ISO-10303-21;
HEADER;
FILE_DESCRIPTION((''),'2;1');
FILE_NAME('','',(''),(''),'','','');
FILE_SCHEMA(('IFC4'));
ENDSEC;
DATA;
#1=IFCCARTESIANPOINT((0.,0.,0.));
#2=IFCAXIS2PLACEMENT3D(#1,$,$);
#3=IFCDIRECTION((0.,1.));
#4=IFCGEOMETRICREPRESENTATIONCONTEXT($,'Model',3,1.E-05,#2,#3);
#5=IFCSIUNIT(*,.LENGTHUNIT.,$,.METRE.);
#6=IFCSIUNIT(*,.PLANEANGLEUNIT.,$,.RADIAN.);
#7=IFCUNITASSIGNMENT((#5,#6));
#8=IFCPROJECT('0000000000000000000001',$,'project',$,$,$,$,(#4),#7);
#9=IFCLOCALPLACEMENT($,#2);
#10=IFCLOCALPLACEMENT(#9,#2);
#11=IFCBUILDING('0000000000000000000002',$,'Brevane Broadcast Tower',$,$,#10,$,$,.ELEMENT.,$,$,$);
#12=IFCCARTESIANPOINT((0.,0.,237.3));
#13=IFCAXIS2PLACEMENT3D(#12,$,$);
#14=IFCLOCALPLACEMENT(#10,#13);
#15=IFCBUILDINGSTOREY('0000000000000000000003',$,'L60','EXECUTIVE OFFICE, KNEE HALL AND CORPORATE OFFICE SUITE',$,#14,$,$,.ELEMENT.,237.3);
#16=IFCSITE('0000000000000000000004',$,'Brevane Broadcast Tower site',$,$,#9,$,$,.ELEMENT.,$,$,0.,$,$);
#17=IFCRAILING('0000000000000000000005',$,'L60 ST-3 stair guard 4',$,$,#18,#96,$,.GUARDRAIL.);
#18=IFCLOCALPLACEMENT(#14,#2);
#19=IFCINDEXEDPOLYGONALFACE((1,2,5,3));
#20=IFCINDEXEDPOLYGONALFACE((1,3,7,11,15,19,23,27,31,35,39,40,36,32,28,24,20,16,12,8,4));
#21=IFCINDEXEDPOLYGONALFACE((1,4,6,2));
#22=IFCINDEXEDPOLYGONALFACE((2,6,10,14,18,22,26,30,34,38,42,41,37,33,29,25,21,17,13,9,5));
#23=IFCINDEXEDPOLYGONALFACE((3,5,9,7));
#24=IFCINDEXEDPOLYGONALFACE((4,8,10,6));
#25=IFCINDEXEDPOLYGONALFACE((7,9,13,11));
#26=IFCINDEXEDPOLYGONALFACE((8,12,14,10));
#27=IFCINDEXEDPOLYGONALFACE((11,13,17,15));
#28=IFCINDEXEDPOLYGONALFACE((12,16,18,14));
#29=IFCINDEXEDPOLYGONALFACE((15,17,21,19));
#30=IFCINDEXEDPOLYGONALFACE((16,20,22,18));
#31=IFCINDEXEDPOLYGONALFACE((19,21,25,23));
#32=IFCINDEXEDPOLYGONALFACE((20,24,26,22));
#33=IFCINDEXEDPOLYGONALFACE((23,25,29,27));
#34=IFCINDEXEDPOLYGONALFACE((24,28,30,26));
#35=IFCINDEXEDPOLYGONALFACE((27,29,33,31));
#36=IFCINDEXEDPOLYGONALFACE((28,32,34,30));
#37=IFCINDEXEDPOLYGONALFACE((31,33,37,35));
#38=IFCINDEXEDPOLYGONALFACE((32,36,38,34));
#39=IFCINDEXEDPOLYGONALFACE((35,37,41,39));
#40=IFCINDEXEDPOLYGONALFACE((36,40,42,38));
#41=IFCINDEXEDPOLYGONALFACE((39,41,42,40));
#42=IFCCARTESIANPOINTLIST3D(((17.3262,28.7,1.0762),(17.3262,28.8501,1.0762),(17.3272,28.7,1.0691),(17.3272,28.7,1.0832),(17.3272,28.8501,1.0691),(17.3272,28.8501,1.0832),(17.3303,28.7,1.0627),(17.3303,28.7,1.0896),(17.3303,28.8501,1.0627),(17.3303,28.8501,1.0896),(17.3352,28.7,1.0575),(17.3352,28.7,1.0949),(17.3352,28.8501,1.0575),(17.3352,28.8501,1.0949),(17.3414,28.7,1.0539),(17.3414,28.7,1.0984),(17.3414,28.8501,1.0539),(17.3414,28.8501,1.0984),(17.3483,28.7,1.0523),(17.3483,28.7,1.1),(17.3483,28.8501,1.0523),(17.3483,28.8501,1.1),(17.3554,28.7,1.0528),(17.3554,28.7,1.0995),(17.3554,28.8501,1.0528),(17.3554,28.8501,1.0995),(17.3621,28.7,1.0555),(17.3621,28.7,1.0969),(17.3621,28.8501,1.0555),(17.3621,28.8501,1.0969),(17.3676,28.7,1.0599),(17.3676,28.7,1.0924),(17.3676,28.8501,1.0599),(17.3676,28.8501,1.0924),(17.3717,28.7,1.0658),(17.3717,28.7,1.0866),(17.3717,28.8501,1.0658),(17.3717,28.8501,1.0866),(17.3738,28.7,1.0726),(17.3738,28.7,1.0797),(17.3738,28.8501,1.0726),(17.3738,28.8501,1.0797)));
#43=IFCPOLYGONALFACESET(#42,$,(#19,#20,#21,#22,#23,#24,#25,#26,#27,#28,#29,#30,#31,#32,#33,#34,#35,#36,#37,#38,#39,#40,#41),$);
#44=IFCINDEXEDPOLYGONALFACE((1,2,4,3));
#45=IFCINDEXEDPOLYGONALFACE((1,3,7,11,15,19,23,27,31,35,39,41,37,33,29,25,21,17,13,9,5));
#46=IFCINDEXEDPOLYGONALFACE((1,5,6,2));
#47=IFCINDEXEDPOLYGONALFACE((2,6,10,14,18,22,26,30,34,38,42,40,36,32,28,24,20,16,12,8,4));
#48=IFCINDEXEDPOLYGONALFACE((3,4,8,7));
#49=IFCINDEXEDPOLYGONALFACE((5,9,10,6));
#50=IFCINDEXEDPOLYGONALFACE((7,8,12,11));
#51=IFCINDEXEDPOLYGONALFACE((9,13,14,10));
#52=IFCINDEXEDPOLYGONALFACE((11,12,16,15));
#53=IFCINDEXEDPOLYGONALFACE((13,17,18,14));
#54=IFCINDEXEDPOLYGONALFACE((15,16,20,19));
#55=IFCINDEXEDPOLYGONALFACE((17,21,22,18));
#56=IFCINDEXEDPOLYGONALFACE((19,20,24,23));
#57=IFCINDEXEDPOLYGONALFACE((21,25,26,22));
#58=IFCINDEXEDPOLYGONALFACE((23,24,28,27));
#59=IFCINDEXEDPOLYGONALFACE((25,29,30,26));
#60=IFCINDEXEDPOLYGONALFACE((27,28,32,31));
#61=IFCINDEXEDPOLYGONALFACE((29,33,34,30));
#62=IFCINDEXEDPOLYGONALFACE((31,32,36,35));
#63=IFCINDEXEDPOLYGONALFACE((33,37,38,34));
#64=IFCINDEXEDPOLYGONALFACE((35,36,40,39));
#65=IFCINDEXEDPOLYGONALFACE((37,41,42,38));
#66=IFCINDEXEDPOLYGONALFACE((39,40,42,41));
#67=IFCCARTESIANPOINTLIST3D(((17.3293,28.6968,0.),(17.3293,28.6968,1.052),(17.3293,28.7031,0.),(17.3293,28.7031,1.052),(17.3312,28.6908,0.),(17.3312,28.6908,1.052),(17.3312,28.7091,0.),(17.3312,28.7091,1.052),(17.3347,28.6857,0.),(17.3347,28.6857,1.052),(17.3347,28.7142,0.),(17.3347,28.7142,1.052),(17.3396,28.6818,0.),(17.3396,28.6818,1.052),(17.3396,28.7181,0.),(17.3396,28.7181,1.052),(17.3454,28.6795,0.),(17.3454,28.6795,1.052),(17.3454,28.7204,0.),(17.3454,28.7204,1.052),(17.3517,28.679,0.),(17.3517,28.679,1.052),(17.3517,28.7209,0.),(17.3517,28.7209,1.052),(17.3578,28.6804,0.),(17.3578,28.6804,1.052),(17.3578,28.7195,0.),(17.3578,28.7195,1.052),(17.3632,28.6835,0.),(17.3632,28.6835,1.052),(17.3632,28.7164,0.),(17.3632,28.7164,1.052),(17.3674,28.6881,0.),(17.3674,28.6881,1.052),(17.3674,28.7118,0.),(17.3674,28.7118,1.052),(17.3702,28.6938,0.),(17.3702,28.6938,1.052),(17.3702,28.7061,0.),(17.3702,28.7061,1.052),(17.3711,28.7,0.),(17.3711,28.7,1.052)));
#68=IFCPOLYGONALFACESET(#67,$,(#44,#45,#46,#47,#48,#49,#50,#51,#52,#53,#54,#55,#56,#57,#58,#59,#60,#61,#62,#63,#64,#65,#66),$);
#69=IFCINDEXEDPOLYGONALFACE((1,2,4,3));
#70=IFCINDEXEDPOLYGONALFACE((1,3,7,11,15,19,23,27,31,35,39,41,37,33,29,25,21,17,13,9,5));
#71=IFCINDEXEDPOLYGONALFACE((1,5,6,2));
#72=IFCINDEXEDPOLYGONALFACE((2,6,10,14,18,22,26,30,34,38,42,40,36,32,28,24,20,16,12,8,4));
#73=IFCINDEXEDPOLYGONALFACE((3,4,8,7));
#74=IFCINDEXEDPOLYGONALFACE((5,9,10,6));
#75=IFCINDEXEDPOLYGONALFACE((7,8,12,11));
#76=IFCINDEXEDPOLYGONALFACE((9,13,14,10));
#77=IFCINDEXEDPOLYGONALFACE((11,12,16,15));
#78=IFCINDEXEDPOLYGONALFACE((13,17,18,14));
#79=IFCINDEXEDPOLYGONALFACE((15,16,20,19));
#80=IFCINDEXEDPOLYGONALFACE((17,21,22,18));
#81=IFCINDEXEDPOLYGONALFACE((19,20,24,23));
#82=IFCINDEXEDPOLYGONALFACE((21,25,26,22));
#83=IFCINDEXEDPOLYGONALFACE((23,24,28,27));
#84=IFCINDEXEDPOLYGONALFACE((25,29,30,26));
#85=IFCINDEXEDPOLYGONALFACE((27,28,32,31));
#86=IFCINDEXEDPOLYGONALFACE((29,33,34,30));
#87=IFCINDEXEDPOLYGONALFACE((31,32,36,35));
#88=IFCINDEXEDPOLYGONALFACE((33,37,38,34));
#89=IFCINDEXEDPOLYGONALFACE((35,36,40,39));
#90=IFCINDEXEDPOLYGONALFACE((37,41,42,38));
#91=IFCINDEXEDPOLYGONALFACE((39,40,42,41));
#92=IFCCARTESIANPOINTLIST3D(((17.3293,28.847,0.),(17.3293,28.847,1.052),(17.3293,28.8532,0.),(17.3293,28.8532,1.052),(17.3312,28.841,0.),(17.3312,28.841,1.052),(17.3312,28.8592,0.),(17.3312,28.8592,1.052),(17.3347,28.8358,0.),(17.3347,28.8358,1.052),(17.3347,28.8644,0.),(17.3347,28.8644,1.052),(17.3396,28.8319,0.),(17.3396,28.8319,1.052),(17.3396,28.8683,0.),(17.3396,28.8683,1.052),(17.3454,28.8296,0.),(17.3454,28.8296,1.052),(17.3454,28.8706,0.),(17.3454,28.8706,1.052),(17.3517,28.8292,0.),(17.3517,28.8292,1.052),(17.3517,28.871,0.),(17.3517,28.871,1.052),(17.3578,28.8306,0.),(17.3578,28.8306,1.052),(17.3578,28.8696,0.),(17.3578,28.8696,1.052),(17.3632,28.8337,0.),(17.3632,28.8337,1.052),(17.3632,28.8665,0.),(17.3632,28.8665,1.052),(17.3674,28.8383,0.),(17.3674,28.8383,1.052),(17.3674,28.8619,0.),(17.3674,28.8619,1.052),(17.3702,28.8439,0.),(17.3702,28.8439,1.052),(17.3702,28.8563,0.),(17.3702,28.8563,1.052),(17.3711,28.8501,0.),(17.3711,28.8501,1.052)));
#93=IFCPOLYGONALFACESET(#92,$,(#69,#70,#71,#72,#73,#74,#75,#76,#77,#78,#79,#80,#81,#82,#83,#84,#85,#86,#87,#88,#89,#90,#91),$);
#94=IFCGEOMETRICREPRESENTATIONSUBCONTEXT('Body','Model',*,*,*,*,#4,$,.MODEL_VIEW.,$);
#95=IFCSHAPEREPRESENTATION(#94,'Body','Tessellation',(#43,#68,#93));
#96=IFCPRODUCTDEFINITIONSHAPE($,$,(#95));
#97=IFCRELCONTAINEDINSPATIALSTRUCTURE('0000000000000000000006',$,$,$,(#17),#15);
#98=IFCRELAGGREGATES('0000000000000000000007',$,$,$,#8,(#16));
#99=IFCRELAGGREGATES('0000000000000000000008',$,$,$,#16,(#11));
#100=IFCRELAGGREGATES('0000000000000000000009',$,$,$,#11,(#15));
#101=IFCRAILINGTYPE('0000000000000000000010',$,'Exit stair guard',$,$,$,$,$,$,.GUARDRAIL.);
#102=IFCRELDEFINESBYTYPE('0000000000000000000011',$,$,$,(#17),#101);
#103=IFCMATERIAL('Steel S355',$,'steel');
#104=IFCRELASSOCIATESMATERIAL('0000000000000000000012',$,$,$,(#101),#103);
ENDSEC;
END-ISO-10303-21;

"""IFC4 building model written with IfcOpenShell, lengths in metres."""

from ifc_helpers import new_model, si_unit, direction, frame, origin, origin_2d, place, context, subcontext, project, spatial, circle, extrude, material, type_object, element, save


model = new_model("IFC4")

# Units and contexts
model_context = context("Model", 3, precision=1e-05, world=origin(), true_north=direction((0.0, 1.0)))
body_context = subcontext(model_context, "Body", "Model", "MODEL_VIEW")
ifc_project = project(units=[si_unit("LENGTHUNIT", "METRE"), si_unit("PLANEANGLEUNIT", "RADIAN")], contexts=[model_context])

# Site, building, storey
site_placement = place(None, origin())
site = spatial("IfcSite", under=ifc_project, at=site_placement, Name="Brevane Broadcast Tower site", CompositionType="ELEMENT", RefElevation=0.0)
building_placement = place(site_placement, origin())
building = spatial("IfcBuilding", under=site, at=building_placement, Name="Brevane Broadcast Tower", CompositionType="ELEMENT")
storey_placement = place(building_placement, frame((0.0, 0.0, 237.3)))
storey = spatial("IfcBuildingStorey", under=building, at=storey_placement, Name="L60", Description="EXECUTIVE OFFICE, KNEE HALL AND CORPORATE OFFICE SUITE", CompositionType="ELEMENT", Elevation=237.3)

# Railing
ifc_material_1 = material(Name="Steel S355", Category="steel")
railing_type = type_object("IfcRailingType", Name="Exit stair guard", PredefinedType="GUARDRAIL", material=ifc_material_1)
railing_placement = place(storey_placement, frame((17.3501, 28.7, 0.0)))
element("IfcRailing", 1, at=railing_placement, inside=storey, type_object=railing_type, Name="L60 ST-3 stair guard 4", PredefinedType="GUARDRAIL", context=body_context, shape_type="SweptSolid", body=[
    extrude(circle(Radius=0.0239, at=origin_2d()), frame((0.0, 0.0, 1.0762), z_axis=(0.0, 1.0, 0.0), x_axis=(-1.0, 0.0, 0.0)), (0.0, 0.0, 1.0), 0.1501),
    extrude(circle(Radius=0.021, at=origin_2d()), origin(), (0.0, 0.0, 1.0), 1.052),
    extrude(circle(Radius=0.021, at=origin_2d()), frame((0.0, 0.1501, 0.0)), (0.0, 0.0, 1.0), 1.052),
])

save(model, "model.ifc")
